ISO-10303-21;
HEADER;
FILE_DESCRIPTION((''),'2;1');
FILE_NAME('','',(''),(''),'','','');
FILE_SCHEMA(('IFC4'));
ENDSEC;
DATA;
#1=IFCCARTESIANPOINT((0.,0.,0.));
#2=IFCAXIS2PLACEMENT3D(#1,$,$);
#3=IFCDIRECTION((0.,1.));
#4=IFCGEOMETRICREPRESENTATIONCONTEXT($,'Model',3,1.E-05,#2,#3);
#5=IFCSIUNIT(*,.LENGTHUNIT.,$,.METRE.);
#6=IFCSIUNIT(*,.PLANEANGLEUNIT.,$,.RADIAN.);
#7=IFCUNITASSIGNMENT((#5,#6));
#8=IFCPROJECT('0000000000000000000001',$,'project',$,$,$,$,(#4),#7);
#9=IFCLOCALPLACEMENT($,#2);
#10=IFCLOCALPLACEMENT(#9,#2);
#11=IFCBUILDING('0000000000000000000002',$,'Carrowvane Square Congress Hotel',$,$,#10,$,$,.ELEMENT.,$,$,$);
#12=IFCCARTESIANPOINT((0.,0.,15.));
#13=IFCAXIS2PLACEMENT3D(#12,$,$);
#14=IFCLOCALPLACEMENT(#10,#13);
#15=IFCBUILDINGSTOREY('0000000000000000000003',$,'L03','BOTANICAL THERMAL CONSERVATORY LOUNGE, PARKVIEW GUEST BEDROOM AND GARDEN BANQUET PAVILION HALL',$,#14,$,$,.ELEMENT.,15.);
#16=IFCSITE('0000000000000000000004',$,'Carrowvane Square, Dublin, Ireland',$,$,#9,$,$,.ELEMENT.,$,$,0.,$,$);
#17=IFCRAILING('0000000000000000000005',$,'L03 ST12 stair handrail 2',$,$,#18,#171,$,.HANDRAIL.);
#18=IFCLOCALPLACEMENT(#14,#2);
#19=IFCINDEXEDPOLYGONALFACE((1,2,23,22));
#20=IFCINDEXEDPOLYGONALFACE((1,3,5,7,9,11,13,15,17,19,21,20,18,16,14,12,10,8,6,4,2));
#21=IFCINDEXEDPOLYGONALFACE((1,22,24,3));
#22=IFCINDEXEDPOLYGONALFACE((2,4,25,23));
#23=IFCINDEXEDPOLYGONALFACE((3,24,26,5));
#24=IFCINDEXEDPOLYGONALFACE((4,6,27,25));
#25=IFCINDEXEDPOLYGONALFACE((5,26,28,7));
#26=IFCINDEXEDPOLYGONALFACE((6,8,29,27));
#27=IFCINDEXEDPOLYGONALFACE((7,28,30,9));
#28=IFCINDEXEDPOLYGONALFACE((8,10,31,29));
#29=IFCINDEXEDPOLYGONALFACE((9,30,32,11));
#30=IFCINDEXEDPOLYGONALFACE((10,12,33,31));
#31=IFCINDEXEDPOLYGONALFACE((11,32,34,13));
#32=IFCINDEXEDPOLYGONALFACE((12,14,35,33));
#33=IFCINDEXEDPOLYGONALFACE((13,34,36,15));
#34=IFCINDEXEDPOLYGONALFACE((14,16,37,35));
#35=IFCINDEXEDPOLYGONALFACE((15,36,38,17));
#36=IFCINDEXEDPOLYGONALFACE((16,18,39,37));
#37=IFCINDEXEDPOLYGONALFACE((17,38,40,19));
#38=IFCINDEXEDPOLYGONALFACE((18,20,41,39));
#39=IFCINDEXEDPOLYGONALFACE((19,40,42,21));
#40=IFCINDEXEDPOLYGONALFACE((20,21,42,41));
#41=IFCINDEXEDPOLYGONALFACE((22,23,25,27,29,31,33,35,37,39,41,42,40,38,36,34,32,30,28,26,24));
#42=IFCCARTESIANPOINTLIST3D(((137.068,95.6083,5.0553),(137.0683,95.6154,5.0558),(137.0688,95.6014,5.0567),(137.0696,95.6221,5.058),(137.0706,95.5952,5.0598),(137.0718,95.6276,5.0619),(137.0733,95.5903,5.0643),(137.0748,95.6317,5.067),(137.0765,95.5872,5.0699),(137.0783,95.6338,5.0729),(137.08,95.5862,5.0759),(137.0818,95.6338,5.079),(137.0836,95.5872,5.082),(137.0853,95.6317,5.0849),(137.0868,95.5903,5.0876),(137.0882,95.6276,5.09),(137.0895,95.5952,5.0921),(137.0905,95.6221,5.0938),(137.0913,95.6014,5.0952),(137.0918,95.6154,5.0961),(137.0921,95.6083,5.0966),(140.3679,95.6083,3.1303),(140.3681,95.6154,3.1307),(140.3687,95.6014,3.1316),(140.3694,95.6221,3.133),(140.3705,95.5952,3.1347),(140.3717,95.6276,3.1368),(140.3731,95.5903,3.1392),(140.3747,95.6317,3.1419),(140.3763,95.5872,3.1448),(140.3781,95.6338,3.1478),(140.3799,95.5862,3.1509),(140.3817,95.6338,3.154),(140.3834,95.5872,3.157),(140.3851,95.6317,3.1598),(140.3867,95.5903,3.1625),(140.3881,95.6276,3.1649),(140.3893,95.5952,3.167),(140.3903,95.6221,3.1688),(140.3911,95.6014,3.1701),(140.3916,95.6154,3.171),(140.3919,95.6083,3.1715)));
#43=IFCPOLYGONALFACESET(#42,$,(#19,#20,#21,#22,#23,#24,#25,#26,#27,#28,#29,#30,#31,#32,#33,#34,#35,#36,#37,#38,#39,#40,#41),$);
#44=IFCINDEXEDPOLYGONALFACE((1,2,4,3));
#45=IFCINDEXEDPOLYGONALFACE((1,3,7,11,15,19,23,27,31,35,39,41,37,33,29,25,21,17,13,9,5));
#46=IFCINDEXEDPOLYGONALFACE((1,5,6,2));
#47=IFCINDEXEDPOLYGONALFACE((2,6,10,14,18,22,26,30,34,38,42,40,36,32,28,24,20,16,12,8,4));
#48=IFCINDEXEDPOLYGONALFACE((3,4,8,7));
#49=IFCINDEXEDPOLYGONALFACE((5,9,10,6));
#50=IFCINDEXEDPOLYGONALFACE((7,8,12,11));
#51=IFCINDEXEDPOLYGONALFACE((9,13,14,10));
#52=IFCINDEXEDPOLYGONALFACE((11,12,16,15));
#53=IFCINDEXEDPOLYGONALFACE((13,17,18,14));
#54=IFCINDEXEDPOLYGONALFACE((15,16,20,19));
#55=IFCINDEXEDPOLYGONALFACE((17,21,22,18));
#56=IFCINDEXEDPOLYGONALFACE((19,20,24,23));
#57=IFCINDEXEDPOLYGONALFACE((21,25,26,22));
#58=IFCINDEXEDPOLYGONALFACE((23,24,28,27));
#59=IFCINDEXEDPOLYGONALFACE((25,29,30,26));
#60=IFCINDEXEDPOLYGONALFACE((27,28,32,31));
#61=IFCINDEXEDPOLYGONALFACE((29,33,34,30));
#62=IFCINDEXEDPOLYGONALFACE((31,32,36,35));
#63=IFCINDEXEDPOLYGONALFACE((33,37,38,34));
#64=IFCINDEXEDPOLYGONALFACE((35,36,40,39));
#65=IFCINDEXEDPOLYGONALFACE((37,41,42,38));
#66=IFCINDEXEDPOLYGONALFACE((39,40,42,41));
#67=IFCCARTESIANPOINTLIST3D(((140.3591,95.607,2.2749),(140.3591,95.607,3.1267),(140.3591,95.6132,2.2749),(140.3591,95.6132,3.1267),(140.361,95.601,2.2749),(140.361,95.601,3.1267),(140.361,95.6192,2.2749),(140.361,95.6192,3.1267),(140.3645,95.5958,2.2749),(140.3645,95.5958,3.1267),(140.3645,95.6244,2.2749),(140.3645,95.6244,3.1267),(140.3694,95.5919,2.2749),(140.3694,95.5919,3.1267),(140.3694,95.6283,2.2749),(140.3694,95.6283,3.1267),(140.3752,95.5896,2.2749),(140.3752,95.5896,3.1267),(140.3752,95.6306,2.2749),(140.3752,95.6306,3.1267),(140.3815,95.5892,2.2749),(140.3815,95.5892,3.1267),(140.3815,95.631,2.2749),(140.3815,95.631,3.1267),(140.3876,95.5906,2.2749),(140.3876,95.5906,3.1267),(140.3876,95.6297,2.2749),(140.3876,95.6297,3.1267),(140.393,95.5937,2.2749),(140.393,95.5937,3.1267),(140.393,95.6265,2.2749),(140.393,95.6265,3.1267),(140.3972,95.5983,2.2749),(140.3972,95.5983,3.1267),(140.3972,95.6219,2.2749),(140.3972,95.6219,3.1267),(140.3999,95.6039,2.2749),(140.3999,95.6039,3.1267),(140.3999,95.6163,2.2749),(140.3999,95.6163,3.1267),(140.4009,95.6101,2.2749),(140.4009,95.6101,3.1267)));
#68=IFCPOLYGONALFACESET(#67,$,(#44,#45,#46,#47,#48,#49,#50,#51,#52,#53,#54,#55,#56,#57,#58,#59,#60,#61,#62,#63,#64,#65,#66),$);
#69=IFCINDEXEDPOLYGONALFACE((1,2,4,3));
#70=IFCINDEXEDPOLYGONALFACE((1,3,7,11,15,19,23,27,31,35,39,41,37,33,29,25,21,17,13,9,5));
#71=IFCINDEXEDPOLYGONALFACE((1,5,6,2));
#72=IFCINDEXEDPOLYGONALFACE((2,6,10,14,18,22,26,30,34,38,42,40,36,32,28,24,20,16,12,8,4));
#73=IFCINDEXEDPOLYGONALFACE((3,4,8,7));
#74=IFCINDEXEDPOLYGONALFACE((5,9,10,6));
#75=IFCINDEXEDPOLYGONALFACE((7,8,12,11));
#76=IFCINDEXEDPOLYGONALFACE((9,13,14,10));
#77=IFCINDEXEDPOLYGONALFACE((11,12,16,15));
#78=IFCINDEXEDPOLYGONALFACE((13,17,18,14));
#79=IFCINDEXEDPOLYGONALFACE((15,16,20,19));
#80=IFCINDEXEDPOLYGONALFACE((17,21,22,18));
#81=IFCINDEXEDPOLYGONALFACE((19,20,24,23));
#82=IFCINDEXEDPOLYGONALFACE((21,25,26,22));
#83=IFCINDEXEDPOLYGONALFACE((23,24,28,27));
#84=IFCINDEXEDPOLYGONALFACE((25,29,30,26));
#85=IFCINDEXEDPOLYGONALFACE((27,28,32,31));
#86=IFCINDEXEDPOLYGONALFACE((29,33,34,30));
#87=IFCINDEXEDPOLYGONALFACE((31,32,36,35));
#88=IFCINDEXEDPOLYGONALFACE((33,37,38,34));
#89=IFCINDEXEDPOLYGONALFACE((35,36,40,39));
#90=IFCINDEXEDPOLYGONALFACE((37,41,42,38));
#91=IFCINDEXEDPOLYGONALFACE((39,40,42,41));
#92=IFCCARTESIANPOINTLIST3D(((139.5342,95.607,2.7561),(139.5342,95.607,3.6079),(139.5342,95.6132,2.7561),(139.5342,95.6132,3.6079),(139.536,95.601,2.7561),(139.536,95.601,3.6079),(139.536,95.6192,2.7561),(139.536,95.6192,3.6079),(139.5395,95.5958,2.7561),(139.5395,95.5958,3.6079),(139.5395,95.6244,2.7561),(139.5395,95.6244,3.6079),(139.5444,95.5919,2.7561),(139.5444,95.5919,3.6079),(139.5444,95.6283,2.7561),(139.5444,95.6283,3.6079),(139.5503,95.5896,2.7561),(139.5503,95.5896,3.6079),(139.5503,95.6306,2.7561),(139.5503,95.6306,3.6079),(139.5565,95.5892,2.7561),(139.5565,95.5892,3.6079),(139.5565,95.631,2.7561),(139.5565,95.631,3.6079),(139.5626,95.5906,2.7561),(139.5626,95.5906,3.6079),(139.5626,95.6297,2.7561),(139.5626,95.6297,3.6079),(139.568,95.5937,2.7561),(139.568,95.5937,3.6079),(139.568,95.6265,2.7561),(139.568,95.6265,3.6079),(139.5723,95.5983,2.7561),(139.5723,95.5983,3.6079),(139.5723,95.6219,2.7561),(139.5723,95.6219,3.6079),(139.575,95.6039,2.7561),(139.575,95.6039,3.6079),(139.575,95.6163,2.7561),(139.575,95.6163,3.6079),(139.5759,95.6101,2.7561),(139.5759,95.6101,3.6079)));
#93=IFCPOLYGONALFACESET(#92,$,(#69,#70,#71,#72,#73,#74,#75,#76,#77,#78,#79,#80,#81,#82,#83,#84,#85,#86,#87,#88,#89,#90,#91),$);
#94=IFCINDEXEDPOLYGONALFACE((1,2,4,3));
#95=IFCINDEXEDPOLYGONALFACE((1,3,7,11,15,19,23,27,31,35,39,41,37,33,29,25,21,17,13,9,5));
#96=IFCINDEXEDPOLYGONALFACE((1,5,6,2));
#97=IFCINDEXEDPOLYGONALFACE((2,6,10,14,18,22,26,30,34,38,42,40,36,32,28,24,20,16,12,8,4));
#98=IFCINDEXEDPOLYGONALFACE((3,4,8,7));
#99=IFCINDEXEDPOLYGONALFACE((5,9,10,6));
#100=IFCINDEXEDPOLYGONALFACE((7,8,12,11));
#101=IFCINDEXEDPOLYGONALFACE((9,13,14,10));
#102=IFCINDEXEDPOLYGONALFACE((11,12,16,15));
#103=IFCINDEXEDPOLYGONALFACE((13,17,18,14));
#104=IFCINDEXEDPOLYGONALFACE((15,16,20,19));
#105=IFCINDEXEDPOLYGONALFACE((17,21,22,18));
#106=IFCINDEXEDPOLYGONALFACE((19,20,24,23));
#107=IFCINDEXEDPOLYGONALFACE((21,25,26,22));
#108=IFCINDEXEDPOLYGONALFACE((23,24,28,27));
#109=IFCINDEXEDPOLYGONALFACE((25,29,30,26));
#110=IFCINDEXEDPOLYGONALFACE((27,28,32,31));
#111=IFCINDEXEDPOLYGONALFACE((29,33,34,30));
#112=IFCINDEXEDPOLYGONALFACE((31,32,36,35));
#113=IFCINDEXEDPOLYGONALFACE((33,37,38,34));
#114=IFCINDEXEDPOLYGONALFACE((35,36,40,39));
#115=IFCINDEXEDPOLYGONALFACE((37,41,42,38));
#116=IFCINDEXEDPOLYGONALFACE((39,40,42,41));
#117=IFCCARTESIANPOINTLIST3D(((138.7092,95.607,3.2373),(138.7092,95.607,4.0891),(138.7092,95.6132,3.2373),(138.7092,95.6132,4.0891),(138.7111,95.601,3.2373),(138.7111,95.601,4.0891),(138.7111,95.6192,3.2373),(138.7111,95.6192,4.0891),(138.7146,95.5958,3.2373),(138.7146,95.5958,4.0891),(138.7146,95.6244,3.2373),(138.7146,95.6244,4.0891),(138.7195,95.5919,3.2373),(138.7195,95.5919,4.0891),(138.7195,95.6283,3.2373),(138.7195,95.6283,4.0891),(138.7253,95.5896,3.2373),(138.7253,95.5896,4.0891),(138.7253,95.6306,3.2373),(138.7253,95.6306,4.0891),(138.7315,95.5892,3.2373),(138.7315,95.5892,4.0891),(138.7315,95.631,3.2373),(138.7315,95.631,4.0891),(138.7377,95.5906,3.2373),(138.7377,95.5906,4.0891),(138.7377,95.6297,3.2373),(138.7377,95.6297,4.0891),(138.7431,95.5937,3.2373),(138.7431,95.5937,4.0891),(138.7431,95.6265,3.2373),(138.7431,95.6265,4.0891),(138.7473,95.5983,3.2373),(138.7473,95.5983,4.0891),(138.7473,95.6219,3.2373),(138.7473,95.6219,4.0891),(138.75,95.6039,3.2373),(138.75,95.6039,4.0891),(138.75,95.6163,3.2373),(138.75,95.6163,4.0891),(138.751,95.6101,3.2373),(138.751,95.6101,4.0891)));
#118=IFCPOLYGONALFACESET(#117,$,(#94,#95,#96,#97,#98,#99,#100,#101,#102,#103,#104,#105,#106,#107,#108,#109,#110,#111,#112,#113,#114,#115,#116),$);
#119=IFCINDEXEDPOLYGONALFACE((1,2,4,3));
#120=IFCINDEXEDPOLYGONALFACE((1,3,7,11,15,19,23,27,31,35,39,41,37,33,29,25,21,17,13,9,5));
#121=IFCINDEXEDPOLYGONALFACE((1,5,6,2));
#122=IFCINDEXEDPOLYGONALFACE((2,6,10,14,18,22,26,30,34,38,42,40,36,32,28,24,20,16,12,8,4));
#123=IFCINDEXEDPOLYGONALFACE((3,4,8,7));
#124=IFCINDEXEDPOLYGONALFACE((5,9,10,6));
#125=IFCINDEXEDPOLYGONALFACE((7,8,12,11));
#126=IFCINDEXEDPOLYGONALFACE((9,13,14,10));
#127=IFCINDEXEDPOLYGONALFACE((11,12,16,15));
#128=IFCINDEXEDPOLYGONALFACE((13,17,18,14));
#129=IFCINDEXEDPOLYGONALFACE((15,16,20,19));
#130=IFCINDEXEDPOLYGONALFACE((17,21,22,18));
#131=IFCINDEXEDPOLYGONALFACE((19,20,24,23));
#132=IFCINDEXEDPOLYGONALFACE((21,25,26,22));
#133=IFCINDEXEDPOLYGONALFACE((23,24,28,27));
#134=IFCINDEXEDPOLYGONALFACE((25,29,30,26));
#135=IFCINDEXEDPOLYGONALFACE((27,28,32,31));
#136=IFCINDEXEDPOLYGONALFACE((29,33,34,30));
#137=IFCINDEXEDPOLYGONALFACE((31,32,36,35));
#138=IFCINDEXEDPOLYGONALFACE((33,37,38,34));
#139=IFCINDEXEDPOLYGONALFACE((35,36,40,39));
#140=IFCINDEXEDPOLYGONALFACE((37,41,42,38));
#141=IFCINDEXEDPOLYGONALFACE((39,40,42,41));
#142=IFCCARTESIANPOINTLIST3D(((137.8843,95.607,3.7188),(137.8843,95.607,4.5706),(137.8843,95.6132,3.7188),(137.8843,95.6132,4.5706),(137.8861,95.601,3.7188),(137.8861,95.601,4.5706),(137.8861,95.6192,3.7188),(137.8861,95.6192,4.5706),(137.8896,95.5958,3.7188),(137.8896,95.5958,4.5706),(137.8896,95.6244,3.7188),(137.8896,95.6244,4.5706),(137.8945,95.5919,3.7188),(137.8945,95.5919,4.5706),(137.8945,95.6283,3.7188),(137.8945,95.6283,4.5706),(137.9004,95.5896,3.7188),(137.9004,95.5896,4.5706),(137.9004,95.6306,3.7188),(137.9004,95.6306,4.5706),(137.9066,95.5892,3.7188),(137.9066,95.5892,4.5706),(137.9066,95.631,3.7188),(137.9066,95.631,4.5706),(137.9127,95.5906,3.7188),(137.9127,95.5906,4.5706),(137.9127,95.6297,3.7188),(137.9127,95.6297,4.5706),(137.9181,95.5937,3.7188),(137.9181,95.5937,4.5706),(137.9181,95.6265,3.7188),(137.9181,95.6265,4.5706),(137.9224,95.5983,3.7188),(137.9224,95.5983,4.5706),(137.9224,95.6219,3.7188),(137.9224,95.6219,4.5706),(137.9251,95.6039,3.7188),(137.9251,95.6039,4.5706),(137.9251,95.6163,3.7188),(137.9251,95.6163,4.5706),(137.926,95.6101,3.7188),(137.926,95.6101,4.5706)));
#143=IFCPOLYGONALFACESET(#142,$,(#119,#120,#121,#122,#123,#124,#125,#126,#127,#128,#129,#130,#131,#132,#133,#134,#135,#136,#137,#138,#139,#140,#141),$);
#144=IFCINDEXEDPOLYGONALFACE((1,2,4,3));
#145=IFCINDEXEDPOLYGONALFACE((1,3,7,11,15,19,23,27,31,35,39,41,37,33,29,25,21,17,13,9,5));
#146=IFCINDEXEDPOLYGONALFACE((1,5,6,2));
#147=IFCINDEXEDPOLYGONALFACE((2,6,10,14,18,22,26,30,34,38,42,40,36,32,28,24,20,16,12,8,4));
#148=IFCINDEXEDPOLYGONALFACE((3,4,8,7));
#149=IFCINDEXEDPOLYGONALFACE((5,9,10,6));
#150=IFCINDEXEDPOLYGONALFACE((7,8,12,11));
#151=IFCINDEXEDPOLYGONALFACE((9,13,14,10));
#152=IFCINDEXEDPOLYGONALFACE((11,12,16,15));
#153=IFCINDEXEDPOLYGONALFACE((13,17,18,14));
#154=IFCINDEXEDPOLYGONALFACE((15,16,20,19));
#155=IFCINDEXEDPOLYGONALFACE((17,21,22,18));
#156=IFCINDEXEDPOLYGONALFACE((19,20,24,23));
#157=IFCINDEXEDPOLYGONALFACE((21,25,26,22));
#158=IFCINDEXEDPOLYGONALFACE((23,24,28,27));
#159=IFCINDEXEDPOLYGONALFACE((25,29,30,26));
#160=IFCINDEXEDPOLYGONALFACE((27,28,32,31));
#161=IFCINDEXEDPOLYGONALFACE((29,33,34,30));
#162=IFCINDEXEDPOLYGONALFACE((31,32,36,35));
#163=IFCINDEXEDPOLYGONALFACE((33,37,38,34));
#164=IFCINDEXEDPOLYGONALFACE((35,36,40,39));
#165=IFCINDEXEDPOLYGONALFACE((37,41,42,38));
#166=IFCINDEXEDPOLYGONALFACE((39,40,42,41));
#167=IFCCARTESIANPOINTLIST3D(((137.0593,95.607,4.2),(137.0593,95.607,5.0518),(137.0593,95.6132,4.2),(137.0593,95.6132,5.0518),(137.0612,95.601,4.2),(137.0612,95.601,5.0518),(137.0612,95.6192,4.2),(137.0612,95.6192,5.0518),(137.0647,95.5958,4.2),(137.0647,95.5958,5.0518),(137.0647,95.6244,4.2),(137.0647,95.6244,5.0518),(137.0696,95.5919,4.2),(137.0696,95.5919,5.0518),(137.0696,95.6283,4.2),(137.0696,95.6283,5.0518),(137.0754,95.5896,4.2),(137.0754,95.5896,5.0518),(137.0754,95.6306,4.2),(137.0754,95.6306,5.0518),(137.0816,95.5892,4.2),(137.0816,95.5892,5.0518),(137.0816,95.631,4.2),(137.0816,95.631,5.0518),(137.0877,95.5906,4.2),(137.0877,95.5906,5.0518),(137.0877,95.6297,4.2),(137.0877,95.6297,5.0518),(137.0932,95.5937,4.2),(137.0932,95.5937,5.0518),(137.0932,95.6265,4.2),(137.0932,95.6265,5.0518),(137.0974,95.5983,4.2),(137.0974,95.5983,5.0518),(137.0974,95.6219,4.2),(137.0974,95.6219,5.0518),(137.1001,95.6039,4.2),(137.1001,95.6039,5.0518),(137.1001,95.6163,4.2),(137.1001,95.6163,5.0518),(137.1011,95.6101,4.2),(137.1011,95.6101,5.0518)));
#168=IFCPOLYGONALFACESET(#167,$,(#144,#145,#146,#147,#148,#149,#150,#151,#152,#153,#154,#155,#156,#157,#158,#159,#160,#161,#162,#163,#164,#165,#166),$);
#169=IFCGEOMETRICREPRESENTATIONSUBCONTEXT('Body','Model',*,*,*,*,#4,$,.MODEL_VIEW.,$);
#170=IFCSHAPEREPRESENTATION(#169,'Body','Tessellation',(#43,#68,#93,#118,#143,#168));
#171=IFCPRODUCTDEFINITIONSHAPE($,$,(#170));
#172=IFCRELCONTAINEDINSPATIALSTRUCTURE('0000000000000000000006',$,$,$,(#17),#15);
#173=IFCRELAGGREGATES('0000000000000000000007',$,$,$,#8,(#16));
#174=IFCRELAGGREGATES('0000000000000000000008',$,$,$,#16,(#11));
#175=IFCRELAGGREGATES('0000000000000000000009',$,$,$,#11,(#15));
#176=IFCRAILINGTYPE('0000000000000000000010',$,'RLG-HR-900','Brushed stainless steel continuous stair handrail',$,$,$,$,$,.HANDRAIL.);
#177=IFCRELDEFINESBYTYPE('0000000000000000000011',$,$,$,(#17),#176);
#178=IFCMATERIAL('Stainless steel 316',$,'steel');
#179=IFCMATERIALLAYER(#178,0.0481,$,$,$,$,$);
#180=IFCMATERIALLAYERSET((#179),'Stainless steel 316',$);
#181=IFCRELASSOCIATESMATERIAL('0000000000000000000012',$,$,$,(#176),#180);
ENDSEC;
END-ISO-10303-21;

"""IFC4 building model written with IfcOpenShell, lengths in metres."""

from ifc_helpers import new_model, si_unit, direction, frame, origin, origin_2d, place, context, subcontext, project, spatial, circle, extrude, material, layer, layer_set, type_object, element, save


model = new_model("IFC4")

# Units and contexts
model_context = context("Model", 3, precision=1e-05, world=origin(), true_north=direction((0.0, 1.0)))
body_context = subcontext(model_context, "Body", "Model", "MODEL_VIEW")
ifc_project = project(units=[si_unit("LENGTHUNIT", "METRE"), si_unit("PLANEANGLEUNIT", "RADIAN")], contexts=[model_context])

# Site, building, storey
site_placement = place(None, origin())
site = spatial("IfcSite", under=ifc_project, at=site_placement, Name="Carrowvane Square, Dublin, Ireland", CompositionType="ELEMENT", RefElevation=0.0)
building_placement = place(site_placement, origin())
building = spatial("IfcBuilding", under=site, at=building_placement, Name="Carrowvane Square Congress Hotel", CompositionType="ELEMENT")
storey_placement = place(building_placement, frame((0.0, 0.0, 15.0)))
storey = spatial("IfcBuildingStorey", under=building, at=storey_placement, Name="L03", Description="BOTANICAL THERMAL CONSERVATORY LOUNGE, PARKVIEW GUEST BEDROOM AND GARDEN BANQUET PAVILION HALL", CompositionType="ELEMENT", Elevation=15.0)

# Railing
ifc_material_1 = material(Name="Stainless steel 316", Category="steel")
ifc_layer_1 = layer(ifc_material_1, 0.0481)
ifc_layer_set_1 = layer_set([ifc_layer_1], Name="Stainless steel 316")
railing_type_1 = type_object("IfcRailingType", Name="RLG-HR-900", Description="Brushed stainless steel continuous stair handrail", PredefinedType="HANDRAIL", material=ifc_layer_set_1)
railing_1_placement = place(storey_placement, frame((140.3799, 95.6101, 2.2749)))
element("IfcRailing", 1, at=railing_1_placement, inside=storey, type_object=railing_type_1, Name="L03 ST12 stair handrail 2", PredefinedType="HANDRAIL", context=body_context, shape_type="SweptSolid", body=[
    extrude(circle(Radius=0.0239, at=origin_2d()), frame((0.0, 0.0, 0.876), z_axis=(-0.86376, 0.0, 0.503903), x_axis=(0.0, -1.0, 0.0)), (0.0, 0.0, 1.0), 3.8203),
    extrude(circle(Radius=0.021, at=origin_2d()), origin(), (0.0, 0.0, 1.0), 0.8518),
    extrude(circle(Radius=0.021, at=origin_2d()), frame((-0.825, 0.0, 0.4812)), (0.0, 0.0, 1.0), 0.8518),
    extrude(circle(Radius=0.021, at=origin_2d()), frame((-1.6499, 0.0, 0.9624)), (0.0, 0.0, 1.0), 0.8518),
    extrude(circle(Radius=0.021, at=origin_2d()), frame((-2.4749, 0.0, 1.4438)), (0.0, 0.0, 1.0), 0.8518),
    extrude(circle(Radius=0.021, at=origin_2d()), frame((-3.2998, 0.0, 1.925)), (0.0, 0.0, 1.0), 0.8518),
])

save(model, "model.ifc")
